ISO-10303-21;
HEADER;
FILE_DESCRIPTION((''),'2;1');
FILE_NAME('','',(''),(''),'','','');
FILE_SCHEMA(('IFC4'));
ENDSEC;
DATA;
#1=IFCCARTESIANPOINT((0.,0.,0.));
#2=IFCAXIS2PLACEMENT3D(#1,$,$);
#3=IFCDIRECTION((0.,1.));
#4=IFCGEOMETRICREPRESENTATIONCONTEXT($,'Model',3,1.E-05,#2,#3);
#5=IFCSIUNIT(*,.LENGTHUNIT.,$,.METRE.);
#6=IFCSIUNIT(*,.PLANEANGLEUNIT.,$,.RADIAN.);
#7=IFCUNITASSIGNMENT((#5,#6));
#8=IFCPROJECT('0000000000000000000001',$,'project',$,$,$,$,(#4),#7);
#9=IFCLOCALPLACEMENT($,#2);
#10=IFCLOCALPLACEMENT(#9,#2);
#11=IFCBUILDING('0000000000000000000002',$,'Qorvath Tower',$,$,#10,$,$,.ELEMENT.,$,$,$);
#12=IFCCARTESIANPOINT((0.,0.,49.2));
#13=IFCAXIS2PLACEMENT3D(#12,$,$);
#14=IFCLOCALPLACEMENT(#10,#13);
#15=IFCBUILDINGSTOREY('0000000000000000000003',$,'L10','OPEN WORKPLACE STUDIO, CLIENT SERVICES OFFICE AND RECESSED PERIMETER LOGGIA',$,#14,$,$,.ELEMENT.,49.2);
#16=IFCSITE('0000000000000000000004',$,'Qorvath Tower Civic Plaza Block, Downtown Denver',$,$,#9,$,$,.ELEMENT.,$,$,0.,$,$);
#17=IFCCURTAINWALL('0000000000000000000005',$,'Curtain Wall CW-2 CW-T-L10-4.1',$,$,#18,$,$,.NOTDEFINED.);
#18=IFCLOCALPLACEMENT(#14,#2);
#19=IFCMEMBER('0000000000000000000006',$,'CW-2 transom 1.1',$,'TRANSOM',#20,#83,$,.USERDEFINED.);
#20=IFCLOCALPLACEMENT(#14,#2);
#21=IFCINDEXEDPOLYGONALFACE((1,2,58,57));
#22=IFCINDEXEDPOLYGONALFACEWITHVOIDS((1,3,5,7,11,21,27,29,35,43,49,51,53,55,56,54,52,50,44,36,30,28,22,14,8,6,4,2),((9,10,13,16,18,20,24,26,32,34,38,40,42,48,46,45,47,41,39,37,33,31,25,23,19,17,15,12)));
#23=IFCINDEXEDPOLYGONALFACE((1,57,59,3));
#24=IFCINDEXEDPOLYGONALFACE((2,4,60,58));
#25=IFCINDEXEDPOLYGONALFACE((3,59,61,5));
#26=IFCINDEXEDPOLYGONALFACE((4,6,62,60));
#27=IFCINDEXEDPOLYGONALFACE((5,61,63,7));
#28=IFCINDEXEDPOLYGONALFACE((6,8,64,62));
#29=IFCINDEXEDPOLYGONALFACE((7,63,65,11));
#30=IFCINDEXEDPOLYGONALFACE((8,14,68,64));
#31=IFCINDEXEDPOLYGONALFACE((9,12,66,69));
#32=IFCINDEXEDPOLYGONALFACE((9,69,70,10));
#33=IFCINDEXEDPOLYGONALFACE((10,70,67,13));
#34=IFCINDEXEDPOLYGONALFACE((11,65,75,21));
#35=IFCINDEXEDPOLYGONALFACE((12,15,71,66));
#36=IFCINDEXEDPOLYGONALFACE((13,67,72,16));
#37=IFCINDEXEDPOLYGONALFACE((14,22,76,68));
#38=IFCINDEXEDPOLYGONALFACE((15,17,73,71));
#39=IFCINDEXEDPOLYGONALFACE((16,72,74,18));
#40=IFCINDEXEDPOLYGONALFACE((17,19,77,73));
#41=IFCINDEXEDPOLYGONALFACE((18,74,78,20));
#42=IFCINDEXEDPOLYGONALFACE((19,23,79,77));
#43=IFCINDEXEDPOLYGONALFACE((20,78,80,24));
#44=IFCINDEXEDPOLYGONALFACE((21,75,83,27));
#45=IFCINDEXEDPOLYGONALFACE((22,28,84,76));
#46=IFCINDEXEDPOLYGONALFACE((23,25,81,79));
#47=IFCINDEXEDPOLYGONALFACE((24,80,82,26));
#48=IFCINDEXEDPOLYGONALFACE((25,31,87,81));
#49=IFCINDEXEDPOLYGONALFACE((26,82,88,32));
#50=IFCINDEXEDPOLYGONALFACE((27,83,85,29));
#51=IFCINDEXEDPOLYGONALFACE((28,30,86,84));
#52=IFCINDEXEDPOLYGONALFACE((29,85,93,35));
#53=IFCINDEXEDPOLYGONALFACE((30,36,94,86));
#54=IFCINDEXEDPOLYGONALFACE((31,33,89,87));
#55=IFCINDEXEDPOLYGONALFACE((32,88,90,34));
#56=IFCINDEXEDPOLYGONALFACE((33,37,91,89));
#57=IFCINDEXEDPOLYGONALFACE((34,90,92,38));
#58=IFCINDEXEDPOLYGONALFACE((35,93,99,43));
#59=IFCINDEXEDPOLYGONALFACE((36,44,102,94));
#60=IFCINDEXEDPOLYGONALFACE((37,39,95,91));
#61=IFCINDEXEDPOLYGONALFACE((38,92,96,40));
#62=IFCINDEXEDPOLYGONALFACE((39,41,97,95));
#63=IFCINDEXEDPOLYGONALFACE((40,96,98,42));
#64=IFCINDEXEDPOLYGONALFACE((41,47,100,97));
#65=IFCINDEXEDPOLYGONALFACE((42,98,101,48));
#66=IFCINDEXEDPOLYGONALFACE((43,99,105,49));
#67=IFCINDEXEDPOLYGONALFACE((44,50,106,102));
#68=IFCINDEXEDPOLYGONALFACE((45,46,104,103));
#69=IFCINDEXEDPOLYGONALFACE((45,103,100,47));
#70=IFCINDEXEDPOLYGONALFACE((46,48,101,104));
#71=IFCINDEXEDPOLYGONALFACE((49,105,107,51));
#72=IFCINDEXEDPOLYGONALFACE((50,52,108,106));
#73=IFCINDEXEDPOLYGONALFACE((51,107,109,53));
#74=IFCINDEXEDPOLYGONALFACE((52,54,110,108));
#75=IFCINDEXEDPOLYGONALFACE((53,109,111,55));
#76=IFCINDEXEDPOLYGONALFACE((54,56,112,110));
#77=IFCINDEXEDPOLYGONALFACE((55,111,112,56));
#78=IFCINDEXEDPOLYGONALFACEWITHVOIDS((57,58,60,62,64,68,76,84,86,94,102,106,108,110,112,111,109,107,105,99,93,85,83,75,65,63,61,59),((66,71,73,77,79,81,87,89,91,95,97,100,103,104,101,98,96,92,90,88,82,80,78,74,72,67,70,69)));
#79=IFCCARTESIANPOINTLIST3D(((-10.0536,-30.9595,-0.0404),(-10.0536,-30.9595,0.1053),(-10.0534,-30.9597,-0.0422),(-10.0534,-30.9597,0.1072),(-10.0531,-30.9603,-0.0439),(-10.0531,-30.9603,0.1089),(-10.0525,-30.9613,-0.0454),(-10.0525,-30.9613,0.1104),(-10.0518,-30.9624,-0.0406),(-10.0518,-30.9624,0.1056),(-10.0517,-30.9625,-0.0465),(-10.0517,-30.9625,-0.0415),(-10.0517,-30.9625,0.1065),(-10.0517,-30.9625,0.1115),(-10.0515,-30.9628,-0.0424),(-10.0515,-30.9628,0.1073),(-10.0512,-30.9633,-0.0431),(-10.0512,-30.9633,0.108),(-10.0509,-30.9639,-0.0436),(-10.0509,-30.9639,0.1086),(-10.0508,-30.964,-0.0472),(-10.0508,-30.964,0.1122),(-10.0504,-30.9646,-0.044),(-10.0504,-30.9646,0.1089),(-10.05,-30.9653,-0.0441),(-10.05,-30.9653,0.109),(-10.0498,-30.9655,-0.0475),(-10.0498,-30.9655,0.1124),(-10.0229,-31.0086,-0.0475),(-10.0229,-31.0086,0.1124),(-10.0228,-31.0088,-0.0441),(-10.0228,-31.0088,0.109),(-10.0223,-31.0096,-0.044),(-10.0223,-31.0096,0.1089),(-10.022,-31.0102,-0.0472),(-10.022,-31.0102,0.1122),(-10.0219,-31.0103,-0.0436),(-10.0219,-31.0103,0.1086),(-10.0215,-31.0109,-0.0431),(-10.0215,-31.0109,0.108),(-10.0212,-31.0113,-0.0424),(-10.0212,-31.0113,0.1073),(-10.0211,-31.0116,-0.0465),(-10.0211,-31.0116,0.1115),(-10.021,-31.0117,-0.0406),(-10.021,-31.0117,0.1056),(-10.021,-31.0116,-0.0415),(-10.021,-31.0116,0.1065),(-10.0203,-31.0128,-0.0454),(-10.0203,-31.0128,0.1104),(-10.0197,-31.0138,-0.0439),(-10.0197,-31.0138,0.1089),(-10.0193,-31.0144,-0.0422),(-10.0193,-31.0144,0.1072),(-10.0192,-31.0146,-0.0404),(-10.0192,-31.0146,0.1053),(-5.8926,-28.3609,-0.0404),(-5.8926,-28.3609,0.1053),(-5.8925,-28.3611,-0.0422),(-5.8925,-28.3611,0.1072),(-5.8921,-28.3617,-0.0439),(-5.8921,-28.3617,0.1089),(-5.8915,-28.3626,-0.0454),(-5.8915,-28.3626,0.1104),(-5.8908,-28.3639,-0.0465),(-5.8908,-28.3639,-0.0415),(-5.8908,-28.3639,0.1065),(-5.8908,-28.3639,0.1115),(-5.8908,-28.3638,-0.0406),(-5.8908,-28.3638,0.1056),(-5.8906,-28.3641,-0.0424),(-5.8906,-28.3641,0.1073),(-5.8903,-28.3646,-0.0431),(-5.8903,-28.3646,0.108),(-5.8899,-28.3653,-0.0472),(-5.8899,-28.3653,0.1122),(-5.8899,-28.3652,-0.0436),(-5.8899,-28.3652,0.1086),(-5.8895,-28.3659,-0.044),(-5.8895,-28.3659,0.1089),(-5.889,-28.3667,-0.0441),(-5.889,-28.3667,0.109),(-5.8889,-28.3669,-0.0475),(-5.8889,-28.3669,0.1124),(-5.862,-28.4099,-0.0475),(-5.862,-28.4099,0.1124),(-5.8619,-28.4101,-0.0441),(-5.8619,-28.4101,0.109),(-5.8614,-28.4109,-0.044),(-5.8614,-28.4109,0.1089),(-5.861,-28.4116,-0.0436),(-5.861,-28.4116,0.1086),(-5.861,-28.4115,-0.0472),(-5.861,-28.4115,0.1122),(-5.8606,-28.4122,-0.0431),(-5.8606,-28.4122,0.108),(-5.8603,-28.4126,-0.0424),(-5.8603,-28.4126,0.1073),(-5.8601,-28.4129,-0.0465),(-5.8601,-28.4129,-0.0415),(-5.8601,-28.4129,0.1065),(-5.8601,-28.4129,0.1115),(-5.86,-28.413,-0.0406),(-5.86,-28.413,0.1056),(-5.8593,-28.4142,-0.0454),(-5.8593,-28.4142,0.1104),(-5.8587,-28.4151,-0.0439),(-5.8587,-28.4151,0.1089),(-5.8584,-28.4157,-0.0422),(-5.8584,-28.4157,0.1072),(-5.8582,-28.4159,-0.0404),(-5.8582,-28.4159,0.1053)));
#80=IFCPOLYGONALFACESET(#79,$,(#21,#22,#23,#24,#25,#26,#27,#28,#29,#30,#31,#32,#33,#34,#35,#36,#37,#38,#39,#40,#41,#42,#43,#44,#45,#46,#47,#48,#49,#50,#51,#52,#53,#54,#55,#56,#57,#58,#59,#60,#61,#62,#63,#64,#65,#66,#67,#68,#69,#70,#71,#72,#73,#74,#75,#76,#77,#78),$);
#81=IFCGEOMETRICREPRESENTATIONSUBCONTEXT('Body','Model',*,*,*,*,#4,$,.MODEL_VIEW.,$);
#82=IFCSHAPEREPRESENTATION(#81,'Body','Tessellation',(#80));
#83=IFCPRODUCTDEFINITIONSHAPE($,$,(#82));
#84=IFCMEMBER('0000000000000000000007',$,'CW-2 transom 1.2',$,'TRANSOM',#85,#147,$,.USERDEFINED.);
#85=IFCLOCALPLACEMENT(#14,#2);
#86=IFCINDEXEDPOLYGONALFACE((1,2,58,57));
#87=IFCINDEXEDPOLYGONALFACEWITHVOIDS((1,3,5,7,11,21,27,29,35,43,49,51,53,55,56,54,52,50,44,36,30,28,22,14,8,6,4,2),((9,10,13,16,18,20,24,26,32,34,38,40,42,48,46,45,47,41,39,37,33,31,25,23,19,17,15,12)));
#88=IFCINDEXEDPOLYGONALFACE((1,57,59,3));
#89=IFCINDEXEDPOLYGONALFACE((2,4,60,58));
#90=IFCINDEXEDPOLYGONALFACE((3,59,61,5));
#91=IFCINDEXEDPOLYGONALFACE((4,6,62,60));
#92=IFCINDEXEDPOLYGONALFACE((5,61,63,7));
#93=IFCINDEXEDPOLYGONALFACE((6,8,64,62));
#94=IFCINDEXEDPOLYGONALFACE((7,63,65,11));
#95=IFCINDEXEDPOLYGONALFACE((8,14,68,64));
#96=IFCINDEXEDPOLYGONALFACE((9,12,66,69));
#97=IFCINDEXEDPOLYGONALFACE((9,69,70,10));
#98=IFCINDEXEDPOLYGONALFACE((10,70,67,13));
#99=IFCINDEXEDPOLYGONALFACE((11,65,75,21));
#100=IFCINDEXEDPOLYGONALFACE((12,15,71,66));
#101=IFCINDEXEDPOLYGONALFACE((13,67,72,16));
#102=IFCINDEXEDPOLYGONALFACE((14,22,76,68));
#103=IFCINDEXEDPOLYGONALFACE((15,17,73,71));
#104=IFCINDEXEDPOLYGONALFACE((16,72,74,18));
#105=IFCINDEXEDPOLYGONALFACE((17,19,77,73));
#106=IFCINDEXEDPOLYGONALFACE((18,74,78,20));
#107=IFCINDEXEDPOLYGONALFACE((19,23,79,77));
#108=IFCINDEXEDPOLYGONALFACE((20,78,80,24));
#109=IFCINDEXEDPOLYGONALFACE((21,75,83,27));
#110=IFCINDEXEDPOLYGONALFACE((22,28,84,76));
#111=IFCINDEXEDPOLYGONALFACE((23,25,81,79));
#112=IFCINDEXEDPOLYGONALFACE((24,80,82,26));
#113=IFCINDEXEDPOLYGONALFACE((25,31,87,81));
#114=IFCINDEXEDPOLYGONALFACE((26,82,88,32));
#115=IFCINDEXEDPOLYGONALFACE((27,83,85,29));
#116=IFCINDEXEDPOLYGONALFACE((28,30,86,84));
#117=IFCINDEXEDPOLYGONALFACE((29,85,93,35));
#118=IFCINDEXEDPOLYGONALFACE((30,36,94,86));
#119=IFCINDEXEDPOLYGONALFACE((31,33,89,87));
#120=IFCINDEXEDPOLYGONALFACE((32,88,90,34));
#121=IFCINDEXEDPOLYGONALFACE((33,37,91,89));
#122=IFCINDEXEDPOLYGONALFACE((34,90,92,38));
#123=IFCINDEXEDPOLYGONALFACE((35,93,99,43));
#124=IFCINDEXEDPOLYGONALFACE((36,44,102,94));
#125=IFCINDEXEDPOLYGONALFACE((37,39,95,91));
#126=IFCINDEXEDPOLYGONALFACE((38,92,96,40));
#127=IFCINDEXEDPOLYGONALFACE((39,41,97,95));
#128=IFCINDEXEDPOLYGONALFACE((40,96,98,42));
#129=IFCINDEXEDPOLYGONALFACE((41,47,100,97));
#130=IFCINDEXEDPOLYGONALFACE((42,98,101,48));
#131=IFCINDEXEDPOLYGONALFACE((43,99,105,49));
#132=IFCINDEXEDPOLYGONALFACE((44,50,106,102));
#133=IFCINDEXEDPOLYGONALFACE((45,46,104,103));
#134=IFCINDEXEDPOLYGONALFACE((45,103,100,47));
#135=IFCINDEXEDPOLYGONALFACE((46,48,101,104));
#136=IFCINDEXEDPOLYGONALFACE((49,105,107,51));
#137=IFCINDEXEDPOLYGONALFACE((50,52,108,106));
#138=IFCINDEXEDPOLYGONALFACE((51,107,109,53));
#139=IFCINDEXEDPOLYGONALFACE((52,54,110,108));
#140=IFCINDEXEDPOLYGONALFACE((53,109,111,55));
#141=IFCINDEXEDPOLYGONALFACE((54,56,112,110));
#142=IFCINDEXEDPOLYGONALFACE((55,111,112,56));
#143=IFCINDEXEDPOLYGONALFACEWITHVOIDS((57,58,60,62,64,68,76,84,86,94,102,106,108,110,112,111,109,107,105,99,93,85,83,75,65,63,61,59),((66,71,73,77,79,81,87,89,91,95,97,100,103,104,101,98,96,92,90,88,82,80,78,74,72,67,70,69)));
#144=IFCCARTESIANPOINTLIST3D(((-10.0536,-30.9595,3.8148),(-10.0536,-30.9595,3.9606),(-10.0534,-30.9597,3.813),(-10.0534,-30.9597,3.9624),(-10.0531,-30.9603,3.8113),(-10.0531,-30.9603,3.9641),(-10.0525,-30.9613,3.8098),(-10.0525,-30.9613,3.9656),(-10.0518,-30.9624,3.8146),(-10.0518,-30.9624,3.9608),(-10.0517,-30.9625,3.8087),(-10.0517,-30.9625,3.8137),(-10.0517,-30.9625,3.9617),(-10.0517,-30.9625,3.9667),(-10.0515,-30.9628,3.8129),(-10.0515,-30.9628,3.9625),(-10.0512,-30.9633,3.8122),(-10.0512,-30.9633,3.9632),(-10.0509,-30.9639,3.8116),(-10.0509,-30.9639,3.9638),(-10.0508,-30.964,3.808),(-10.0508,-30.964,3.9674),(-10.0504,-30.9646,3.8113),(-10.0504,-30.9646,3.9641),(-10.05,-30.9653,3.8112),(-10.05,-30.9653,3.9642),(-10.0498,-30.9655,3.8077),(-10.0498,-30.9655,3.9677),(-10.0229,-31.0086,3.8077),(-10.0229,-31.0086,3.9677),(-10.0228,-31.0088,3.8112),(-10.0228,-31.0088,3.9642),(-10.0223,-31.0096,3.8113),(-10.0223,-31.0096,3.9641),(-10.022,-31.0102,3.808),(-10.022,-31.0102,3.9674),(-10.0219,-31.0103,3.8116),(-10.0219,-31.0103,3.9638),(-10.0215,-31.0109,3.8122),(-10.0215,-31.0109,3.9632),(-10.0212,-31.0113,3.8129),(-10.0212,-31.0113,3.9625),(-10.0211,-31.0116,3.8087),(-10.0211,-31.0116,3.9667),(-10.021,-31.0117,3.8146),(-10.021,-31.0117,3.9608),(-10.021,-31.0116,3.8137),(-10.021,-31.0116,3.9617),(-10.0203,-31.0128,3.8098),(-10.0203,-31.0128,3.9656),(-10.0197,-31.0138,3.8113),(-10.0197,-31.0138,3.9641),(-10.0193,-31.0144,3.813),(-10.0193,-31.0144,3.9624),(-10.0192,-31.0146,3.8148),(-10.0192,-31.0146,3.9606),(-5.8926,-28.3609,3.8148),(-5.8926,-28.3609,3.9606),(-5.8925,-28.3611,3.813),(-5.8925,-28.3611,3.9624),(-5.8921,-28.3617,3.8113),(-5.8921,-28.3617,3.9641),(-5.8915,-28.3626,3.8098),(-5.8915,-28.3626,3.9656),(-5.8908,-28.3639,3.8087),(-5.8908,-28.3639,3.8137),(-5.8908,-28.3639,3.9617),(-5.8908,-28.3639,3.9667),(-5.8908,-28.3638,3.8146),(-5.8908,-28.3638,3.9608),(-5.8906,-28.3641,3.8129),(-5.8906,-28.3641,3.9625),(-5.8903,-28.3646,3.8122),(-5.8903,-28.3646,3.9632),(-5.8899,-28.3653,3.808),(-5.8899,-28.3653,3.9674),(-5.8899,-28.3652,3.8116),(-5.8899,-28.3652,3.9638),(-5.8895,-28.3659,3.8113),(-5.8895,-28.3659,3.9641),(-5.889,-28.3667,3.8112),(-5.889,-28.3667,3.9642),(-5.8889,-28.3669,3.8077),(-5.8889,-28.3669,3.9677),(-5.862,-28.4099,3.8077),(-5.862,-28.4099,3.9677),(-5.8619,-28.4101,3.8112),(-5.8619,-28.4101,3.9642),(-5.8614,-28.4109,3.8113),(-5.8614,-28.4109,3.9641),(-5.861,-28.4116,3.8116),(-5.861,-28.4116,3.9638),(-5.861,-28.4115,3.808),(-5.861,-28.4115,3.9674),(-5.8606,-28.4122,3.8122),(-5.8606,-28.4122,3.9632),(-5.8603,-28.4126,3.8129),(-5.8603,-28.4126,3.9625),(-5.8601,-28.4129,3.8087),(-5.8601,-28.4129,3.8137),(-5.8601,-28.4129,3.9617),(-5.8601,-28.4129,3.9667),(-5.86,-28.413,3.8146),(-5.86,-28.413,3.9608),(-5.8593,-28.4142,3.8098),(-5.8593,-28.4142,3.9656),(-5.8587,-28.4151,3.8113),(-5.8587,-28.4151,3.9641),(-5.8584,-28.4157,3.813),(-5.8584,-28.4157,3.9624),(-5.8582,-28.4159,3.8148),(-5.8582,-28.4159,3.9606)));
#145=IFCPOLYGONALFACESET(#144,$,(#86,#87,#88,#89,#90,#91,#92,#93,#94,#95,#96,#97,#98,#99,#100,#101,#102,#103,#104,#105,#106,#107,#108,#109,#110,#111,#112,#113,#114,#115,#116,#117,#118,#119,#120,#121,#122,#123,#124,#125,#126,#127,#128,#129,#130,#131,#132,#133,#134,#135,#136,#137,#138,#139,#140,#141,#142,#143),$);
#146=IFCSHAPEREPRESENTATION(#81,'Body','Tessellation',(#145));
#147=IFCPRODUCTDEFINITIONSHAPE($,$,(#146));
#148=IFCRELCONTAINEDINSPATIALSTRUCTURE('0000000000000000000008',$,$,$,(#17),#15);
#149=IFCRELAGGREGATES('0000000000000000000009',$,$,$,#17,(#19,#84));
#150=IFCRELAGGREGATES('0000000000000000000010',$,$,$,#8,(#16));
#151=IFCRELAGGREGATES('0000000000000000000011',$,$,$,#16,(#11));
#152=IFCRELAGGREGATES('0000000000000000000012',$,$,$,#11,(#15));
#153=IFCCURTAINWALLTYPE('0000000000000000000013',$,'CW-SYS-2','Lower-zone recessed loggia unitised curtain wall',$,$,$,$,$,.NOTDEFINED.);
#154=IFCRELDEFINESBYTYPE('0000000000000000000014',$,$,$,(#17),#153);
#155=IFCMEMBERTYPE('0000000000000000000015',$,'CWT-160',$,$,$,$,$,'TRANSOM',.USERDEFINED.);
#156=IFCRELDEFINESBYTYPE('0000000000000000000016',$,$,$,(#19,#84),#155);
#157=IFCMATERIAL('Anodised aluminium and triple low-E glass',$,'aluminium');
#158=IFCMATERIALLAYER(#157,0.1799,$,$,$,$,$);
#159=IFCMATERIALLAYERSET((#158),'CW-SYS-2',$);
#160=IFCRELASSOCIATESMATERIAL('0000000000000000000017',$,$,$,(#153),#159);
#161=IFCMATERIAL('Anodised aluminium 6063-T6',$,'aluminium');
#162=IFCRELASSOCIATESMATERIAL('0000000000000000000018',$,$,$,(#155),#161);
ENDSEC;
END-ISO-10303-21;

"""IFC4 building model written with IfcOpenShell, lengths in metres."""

from ifc_helpers import new_model, si_unit, direction, frame, origin, origin_2d, place, context, subcontext, project, spatial, hollow_rectangle, extrude, material, layer, layer_set, material_profile, profile_set, type_object, element, aggregate, save


model = new_model("IFC4")

# Units and contexts
model_context = context("Model", 3, precision=1e-05, world=origin(), true_north=direction((0.0, 1.0)))
body_context = subcontext(model_context, "Body", "Model", "MODEL_VIEW")
ifc_project = project(units=[si_unit("LENGTHUNIT", "METRE"), si_unit("PLANEANGLEUNIT", "RADIAN")], contexts=[model_context])

# Site, building, storey
site_placement = place(None, origin())
site = spatial("IfcSite", under=ifc_project, at=site_placement, Name="Qorvath Tower Civic Plaza Block, Downtown Denver", CompositionType="ELEMENT", RefElevation=0.0)
building_placement = place(site_placement, origin())
building = spatial("IfcBuilding", under=site, at=building_placement, Name="Qorvath Tower", CompositionType="ELEMENT")
storey_placement = place(building_placement, frame((0.0, 0.0, 49.2)))
storey = spatial("IfcBuildingStorey", under=building, at=storey_placement, Name="L10", Description="OPEN WORKPLACE STUDIO, CLIENT SERVICES OFFICE AND RECESSED PERIMETER LOGGIA", CompositionType="ELEMENT", Elevation=49.2)

# Shared definitions
ifc_material_1 = material(Name="Anodised aluminium and triple low-E glass", Category="aluminium")
ifc_layer_1 = layer(ifc_material_1, 0.1799)
ifc_layer_set_1 = layer_set([ifc_layer_1], Name="CW-SYS-2")
curtain_wall_type = type_object("IfcCurtainWallType", Name="CW-SYS-2", Description="Lower-zone recessed loggia unitised curtain wall", PredefinedType="NOTDEFINED", material=ifc_layer_set_1)

# Curtain wall
curtain_wall_1_placement = place(storey_placement, origin())
curtain_wall_1 = element("IfcCurtainWall", 1, at=curtain_wall_1_placement, inside=storey, type_object=curtain_wall_type, Name="Curtain Wall CW-2 CW-T-L10-4.1", PredefinedType="NOTDEFINED")

# Members
ifc_material_2 = material(Name="Anodised aluminium 6063-T6", Category="aluminium")
ifc_material_profile_1 = material_profile(ifc_material_2, hollow_rectangle(XDim=0.0649, YDim=0.1599, WallThickness=0.0034, InnerFilletRadius=0.0034, OuterFilletRadius=0.0071, at=origin_2d()), Name="CWT 160x65")
ifc_profile_set_1 = profile_set([ifc_material_profile_1], Name="Anodised aluminium 6063-T6")
member_type_1 = type_object("IfcMemberType", Name="CWT-160", ElementType="TRANSOM", PredefinedType="USERDEFINED", material=ifc_profile_set_1)
member_1_placement = place(storey_placement, frame((-10.0364, -30.9871, 0.0325), z_axis=(0.848174, 0.529717, 0.0), x_axis=(-0.529717, 0.848174, 0.0)))
member_1 = element("IfcMember", 2, at=member_1_placement, type_object=member_type_1, Name="CW-2 transom 1.1", ObjectType="TRANSOM", PredefinedType="USERDEFINED", context=body_context, shape_type="SweptSolid", body=[
    extrude(hollow_rectangle(XDim=0.0649, YDim=0.1599, WallThickness=0.0034, InnerFilletRadius=0.0034, OuterFilletRadius=0.0071, at=origin_2d()), origin(), (0.0, 0.0, 1.0), 4.9058),
])
member_2_placement = place(storey_placement, frame((-10.0364, -30.9871, 3.8877), z_axis=(0.848174, 0.529717, 0.0), x_axis=(-0.529717, 0.848174, 0.0)))
member_2 = element("IfcMember", 3, at=member_2_placement, type_object=member_type_1, Name="CW-2 transom 1.2", ObjectType="TRANSOM", PredefinedType="USERDEFINED", context=body_context, shape_type="SweptSolid", body=[
    extrude(hollow_rectangle(XDim=0.0649, YDim=0.1599, WallThickness=0.0034, InnerFilletRadius=0.0034, OuterFilletRadius=0.0071, at=origin_2d()), origin(), (0.0, 0.0, 1.0), 4.9058),
])
aggregate(curtain_wall_1, [member_1, member_2])

save(model, "model.ifc")
